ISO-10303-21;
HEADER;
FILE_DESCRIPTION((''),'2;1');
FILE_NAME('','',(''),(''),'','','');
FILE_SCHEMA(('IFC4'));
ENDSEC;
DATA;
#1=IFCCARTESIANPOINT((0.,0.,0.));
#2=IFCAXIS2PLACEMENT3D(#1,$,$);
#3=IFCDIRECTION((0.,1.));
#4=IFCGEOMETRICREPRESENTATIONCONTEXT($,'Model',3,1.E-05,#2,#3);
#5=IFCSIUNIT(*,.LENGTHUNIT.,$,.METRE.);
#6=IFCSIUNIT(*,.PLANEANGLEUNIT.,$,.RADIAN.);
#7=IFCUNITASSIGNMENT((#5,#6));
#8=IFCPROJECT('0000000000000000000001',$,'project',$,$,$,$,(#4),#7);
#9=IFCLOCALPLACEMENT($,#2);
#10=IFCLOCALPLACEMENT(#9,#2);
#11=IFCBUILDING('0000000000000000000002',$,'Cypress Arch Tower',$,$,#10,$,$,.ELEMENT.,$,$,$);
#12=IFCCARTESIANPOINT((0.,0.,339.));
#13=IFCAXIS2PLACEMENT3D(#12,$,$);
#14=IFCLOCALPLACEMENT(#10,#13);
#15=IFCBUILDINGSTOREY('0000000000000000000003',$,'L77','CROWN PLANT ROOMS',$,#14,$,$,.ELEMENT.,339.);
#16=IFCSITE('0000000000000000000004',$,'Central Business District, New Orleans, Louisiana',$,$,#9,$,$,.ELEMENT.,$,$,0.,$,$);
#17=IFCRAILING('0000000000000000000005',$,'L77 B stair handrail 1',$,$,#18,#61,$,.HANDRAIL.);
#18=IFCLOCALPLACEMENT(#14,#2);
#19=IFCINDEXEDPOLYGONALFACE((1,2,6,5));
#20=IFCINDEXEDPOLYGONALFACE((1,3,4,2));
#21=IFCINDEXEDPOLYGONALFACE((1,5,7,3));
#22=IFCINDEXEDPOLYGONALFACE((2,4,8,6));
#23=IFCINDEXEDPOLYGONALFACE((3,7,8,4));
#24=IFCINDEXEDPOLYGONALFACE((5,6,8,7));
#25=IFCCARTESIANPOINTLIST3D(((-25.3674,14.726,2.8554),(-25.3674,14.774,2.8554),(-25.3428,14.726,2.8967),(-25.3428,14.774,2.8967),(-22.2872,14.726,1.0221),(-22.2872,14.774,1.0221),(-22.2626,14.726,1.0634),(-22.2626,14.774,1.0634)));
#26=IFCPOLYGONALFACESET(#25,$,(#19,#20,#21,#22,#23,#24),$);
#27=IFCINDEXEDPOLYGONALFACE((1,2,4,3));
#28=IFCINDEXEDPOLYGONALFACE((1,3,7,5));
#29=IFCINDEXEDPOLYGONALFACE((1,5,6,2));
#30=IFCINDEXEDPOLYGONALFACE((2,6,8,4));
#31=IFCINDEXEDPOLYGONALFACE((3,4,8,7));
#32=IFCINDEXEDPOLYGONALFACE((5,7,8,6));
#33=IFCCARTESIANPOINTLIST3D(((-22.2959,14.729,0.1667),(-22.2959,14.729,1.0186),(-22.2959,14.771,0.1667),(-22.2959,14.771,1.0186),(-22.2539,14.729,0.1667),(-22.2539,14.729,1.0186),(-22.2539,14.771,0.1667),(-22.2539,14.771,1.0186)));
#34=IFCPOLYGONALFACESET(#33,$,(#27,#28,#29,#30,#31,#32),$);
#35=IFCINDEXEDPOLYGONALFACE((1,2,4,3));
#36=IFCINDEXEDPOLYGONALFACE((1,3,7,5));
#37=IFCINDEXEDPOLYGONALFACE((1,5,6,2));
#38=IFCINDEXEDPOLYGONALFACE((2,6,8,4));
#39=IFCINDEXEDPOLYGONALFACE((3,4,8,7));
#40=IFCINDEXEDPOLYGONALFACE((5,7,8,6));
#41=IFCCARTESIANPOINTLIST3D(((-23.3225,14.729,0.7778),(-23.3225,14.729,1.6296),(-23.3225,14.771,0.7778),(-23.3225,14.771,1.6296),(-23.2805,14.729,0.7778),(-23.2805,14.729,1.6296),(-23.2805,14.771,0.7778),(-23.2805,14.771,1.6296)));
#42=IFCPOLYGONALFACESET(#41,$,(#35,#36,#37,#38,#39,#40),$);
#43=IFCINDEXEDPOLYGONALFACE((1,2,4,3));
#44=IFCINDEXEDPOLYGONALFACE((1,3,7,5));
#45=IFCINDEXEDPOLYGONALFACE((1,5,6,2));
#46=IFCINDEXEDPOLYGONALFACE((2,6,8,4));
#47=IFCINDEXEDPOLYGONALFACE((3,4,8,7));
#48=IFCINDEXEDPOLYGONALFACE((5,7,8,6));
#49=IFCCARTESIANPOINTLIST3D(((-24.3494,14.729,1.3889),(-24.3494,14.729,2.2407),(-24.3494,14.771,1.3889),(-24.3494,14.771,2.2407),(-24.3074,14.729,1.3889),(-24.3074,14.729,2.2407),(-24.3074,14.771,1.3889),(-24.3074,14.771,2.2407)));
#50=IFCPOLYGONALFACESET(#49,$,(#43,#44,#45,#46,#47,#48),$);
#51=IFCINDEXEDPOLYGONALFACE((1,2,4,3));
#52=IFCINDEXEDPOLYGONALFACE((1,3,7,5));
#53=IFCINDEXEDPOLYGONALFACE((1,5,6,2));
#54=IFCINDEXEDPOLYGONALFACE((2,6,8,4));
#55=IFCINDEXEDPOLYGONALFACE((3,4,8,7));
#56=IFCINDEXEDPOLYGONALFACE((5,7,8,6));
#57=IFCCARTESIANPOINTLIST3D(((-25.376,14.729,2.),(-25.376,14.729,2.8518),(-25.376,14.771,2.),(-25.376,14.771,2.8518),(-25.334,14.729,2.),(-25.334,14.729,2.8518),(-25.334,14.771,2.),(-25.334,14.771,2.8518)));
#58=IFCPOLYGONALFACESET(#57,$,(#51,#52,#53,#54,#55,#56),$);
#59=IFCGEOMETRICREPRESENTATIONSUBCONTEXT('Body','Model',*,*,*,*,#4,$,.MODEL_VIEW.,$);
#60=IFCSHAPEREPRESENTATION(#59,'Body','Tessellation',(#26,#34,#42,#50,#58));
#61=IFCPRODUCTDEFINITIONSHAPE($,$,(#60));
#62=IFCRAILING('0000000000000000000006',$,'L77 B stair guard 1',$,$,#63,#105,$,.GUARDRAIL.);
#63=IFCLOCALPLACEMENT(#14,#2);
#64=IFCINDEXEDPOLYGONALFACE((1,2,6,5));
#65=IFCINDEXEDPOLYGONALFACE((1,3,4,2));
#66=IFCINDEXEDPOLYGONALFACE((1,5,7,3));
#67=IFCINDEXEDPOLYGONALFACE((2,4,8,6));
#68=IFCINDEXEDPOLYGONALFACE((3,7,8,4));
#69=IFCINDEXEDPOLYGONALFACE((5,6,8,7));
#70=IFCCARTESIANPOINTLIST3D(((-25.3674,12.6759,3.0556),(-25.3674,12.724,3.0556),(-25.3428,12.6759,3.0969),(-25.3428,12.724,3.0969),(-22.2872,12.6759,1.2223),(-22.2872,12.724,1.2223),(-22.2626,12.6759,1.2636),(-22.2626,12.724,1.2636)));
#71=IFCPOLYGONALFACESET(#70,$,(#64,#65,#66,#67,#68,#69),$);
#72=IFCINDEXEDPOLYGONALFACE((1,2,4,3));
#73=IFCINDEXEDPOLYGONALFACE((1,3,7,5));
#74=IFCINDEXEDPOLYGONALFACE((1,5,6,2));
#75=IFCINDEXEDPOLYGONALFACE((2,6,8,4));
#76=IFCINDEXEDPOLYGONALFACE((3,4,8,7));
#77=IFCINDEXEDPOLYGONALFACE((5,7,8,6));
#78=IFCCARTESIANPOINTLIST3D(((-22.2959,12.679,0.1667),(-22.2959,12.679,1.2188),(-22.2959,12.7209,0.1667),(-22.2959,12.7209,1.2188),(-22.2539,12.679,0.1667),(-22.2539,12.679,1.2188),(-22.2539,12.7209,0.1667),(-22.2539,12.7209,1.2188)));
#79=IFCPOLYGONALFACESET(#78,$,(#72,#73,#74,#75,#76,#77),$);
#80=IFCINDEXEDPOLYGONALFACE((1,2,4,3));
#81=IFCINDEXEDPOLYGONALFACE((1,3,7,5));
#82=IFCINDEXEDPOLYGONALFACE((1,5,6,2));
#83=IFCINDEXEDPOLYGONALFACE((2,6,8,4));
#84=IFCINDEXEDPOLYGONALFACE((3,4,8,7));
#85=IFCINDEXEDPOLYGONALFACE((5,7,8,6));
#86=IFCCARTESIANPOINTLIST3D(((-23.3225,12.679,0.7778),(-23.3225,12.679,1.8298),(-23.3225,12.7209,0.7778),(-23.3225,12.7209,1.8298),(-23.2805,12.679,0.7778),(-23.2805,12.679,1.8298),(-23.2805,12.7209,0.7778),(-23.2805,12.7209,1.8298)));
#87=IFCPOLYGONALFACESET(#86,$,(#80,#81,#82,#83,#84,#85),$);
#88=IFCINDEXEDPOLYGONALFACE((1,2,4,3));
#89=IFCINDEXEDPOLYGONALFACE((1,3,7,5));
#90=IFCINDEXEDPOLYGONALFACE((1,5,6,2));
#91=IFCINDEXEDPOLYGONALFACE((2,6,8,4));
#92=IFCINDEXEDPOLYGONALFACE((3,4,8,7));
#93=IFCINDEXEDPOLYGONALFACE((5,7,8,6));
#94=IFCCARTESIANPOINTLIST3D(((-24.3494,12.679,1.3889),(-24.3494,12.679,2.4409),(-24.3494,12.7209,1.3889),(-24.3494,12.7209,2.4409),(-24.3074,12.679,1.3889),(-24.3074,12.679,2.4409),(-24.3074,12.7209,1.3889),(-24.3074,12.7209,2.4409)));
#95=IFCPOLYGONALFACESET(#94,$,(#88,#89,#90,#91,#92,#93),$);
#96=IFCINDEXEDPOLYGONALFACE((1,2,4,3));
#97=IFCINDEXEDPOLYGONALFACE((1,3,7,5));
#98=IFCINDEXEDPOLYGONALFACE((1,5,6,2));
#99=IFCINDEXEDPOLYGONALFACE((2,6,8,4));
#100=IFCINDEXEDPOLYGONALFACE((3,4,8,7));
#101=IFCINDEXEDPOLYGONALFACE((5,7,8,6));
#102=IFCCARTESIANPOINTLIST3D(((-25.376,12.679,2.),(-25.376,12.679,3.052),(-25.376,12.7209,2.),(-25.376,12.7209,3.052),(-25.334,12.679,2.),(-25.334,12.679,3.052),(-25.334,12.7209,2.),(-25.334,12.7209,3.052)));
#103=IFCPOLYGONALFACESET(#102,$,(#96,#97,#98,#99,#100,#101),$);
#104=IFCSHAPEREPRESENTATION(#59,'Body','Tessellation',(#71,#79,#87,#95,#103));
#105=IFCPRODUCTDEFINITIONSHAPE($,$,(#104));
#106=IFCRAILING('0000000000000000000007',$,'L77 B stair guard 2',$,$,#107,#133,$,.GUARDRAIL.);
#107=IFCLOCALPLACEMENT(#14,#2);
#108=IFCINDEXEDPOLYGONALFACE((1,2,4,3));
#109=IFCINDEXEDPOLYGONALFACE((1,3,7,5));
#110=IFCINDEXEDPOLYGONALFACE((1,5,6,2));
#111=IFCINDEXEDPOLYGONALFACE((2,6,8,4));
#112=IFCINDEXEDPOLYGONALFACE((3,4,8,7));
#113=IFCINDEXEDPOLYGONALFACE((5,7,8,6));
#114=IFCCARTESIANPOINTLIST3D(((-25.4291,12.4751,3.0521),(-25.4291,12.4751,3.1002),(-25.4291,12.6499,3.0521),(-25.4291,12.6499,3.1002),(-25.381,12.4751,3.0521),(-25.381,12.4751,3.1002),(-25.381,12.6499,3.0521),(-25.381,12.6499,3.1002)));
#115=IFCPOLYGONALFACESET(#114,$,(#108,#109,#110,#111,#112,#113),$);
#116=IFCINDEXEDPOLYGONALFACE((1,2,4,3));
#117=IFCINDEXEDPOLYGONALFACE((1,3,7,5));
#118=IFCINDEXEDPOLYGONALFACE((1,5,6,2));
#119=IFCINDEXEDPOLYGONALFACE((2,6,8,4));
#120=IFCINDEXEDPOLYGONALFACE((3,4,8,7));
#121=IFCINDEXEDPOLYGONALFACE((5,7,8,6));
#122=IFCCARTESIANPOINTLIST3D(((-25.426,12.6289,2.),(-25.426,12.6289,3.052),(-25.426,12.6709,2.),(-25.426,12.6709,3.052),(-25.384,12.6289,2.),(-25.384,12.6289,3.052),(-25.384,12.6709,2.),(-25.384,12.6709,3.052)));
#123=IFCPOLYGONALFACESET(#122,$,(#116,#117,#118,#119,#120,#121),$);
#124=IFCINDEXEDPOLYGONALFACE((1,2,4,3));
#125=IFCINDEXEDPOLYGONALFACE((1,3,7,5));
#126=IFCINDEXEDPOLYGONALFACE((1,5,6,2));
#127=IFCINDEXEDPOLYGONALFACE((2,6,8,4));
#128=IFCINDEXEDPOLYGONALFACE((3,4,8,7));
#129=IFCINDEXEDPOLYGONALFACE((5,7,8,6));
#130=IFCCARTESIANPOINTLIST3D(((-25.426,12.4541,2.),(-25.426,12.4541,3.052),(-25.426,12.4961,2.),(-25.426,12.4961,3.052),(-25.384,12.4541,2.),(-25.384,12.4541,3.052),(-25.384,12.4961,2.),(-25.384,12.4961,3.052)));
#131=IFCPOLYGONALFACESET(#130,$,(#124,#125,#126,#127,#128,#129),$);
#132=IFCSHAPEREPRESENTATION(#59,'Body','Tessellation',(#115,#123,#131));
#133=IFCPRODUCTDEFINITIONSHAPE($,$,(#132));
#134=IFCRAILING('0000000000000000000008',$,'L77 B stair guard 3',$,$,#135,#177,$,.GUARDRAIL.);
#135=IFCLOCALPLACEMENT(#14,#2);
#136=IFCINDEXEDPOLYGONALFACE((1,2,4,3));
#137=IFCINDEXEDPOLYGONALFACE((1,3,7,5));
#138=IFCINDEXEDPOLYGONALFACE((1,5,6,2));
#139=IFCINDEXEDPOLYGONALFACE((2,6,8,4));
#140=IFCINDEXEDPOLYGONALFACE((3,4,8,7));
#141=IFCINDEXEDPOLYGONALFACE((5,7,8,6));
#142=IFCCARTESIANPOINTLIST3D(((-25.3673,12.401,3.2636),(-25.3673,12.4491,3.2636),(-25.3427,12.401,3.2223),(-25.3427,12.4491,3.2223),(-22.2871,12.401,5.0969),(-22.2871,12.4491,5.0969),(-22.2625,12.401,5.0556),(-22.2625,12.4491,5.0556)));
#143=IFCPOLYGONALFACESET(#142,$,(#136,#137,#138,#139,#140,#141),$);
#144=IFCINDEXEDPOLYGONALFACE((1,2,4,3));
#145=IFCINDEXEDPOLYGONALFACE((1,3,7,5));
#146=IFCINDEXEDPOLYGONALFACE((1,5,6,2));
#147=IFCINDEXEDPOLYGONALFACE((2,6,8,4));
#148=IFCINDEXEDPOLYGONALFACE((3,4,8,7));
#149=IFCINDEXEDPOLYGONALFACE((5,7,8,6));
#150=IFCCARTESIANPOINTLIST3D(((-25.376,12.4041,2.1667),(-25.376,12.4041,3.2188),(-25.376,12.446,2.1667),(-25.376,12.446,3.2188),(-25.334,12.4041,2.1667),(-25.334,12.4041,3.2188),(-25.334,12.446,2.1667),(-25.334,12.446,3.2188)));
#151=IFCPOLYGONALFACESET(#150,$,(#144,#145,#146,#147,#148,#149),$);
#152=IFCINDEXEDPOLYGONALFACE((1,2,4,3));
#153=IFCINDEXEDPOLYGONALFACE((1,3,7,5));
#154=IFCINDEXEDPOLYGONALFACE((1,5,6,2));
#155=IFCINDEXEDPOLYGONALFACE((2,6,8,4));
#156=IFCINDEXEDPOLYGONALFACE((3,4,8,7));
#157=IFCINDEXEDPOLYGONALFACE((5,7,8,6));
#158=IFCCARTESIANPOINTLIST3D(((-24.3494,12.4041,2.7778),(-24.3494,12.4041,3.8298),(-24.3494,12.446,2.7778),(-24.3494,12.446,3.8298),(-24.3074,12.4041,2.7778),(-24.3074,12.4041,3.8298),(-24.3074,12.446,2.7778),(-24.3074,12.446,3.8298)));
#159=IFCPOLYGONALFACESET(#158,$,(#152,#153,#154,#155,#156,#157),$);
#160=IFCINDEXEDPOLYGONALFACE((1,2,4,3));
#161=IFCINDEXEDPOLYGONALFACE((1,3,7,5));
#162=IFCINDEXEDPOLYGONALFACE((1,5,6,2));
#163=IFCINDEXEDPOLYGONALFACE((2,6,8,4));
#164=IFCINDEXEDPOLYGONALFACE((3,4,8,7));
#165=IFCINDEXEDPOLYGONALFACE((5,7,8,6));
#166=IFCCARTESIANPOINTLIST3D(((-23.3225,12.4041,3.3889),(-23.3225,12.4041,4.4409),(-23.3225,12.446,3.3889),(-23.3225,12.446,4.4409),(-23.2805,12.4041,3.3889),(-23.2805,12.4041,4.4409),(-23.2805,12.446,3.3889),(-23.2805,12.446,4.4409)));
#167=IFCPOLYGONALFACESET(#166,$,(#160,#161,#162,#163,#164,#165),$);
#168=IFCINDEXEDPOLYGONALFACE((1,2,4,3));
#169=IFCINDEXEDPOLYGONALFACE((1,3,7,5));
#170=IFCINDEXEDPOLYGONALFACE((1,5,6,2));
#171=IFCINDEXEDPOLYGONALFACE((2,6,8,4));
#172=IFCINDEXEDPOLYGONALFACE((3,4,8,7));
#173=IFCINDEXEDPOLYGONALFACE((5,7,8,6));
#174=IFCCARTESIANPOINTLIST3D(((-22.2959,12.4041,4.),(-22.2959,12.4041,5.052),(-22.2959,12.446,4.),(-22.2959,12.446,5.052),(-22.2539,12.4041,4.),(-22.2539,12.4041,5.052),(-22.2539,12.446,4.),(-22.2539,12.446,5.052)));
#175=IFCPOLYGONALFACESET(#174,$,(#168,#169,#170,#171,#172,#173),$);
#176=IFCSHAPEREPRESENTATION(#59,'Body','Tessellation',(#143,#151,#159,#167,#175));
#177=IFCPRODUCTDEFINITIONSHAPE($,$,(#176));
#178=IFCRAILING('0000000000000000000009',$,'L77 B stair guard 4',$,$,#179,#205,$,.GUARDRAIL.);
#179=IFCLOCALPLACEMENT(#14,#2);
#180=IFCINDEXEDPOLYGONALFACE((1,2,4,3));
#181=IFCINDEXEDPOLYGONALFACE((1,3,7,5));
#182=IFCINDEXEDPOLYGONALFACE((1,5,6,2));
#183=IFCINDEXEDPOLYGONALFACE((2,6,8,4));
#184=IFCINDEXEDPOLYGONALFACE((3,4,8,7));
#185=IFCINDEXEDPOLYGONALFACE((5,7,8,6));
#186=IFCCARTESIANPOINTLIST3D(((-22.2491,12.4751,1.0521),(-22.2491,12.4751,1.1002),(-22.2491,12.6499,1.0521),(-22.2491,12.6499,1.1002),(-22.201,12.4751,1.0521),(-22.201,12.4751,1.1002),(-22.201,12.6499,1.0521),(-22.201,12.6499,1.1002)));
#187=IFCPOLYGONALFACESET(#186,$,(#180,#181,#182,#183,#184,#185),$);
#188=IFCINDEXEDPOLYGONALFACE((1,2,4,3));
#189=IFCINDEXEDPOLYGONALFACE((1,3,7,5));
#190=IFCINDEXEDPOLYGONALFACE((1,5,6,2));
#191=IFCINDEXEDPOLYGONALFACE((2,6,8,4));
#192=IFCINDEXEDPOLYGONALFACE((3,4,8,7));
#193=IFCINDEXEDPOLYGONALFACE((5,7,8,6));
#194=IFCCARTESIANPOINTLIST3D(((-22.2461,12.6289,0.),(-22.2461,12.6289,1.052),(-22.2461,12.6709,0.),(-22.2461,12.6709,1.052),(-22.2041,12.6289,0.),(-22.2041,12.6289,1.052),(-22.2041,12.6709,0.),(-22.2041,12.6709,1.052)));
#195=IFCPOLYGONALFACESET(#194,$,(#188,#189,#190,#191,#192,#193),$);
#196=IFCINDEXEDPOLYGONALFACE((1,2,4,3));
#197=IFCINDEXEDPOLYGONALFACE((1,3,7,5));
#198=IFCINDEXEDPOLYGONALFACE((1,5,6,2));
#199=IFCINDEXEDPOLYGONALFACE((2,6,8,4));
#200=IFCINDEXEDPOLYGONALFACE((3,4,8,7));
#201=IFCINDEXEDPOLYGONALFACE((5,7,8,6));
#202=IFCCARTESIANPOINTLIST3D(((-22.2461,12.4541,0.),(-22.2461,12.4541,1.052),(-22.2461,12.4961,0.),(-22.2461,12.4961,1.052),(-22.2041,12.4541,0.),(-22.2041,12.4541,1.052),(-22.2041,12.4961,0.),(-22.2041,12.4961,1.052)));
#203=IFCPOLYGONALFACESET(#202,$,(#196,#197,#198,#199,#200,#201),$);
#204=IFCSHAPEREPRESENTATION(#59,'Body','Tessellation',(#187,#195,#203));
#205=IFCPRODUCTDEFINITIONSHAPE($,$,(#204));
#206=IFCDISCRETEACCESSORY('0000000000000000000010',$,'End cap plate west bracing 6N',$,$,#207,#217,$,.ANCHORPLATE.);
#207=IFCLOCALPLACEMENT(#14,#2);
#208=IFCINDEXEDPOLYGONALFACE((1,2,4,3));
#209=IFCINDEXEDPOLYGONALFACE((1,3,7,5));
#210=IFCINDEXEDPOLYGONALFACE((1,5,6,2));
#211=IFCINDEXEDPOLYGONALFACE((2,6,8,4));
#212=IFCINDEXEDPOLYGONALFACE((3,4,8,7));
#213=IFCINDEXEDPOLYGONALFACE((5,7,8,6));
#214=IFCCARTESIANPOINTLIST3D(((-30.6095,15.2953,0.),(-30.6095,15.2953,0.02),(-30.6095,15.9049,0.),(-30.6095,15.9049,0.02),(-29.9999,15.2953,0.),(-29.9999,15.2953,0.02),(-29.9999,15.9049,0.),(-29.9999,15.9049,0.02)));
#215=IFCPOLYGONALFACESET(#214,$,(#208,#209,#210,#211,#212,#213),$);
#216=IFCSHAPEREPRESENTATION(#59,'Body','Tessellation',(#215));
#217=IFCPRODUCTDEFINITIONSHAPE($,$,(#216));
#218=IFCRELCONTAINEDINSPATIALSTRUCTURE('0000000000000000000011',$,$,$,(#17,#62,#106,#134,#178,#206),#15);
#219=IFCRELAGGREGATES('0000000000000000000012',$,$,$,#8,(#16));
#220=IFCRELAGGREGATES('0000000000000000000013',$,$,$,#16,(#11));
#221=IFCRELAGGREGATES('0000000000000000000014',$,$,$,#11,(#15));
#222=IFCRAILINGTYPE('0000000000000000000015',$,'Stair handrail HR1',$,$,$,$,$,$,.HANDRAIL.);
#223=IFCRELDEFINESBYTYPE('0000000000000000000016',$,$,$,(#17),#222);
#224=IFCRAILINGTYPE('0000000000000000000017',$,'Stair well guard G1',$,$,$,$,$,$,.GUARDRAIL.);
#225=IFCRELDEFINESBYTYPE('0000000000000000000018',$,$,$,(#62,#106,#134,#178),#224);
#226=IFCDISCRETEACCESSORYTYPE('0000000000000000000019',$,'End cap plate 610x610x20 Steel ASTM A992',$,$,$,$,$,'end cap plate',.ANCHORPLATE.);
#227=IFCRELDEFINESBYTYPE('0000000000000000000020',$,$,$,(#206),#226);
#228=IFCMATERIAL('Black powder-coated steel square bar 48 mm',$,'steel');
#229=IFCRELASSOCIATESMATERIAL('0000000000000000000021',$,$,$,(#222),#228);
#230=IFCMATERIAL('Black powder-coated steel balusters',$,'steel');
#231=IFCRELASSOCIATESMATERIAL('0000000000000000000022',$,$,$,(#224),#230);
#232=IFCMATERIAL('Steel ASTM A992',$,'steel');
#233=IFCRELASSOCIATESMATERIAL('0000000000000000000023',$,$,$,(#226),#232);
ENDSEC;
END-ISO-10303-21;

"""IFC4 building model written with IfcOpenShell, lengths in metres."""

from ifc_helpers import new_model, si_unit, direction, frame, origin, origin_2d, place, context, subcontext, project, spatial, rectangle, extrude, material, material_profile, profile_set, type_object, element, save


model = new_model("IFC4")

# Units and contexts
model_context = context("Model", 3, precision=1e-05, world=origin(), true_north=direction((0.0, 1.0)))
body_context = subcontext(model_context, "Body", "Model", "MODEL_VIEW")
ifc_project = project(units=[si_unit("LENGTHUNIT", "METRE"), si_unit("PLANEANGLEUNIT", "RADIAN")], contexts=[model_context])

# Site, building, storey
site_placement = place(None, origin())
site = spatial("IfcSite", under=ifc_project, at=site_placement, Name="Central Business District, New Orleans, Louisiana", CompositionType="ELEMENT", RefElevation=0.0)
building_placement = place(site_placement, origin())
building = spatial("IfcBuilding", under=site, at=building_placement, Name="Cypress Arch Tower", CompositionType="ELEMENT")
storey_placement = place(building_placement, frame((0.0, 0.0, 339.0)))
storey = spatial("IfcBuildingStorey", under=building, at=storey_placement, Name="L77", Description="CROWN PLANT ROOMS", CompositionType="ELEMENT", Elevation=339.0)

# Railings
ifc_material_1 = material(Name="Black powder-coated steel square bar 48 mm", Category="steel")
railing_type_1 = type_object("IfcRailingType", Name="Stair handrail HR1", PredefinedType="HANDRAIL", material=ifc_material_1)
railing_1_placement = place(storey_placement, frame((-22.2749, 14.75, 0.1667)))
element("IfcRailing", 1, at=railing_1_placement, inside=storey, type_object=railing_type_1, Name="L77 B stair handrail 1", PredefinedType="HANDRAIL", context=body_context, shape_type="SweptSolid", body=[
    extrude(rectangle(XDim=0.0481, YDim=0.0481, at=origin_2d()), frame((0.0, 0.0, 0.876), z_axis=(-0.859309, 0.0, 0.511458), x_axis=(0.0, -1.0, 0.0)), (0.0, 0.0, 1.0), 3.5845),
    extrude(rectangle(XDim=0.042, YDim=0.042, at=origin_2d()), origin(), (0.0, 0.0, 1.0), 0.8518),
    extrude(rectangle(XDim=0.042, YDim=0.042, at=origin_2d()), frame((-1.0266, 0.0, 0.6111)), (0.0, 0.0, 1.0), 0.8518),
    extrude(rectangle(XDim=0.042, YDim=0.042, at=origin_2d()), frame((-2.0535, 0.0, 1.2222)), (0.0, 0.0, 1.0), 0.8518),
    extrude(rectangle(XDim=0.042, YDim=0.042, at=origin_2d()), frame((-3.0801, 0.0, 1.8333)), (0.0, 0.0, 1.0), 0.8518),
])
ifc_material_2 = material(Name="Black powder-coated steel balusters", Category="steel")
railing_type_2 = type_object("IfcRailingType", Name="Stair well guard G1", PredefinedType="GUARDRAIL", material=ifc_material_2)
railing_2_placement = place(storey_placement, frame((-22.2749, 12.7, 0.1667)))
element("IfcRailing", 2, at=railing_2_placement, inside=storey, type_object=railing_type_2, Name="L77 B stair guard 1", PredefinedType="GUARDRAIL", context=body_context, shape_type="SweptSolid", body=[
    extrude(rectangle(XDim=0.0481, YDim=0.0481, at=origin_2d()), frame((0.0, 0.0, 1.0762), z_axis=(-0.859309, 0.0, 0.511458), x_axis=(0.0, -1.0, 0.0)), (0.0, 0.0, 1.0), 3.5845),
    extrude(rectangle(XDim=0.042, YDim=0.042, at=origin_2d()), origin(), (0.0, 0.0, 1.0), 1.052),
    extrude(rectangle(XDim=0.042, YDim=0.042, at=origin_2d()), frame((-1.0266, 0.0, 0.6111)), (0.0, 0.0, 1.0), 1.052),
    extrude(rectangle(XDim=0.042, YDim=0.042, at=origin_2d()), frame((-2.0535, 0.0, 1.2222)), (0.0, 0.0, 1.0), 1.052),
    extrude(rectangle(XDim=0.042, YDim=0.042, at=origin_2d()), frame((-3.0801, 0.0, 1.8333)), (0.0, 0.0, 1.0), 1.052),
])
railing_3_placement = place(storey_placement, frame((-25.405, 12.6499, 2.0)))
element("IfcRailing", 3, at=railing_3_placement, inside=storey, type_object=railing_type_2, Name="L77 B stair guard 2", PredefinedType="GUARDRAIL", context=body_context, shape_type="SweptSolid", body=[
    extrude(rectangle(XDim=0.0481, YDim=0.0481, at=origin_2d()), frame((0.0, 0.0, 1.0762), z_axis=(0.0, -1.0, 0.0), x_axis=(1.0, 0.0, 0.0)), (0.0, 0.0, 1.0), 0.1748),
    extrude(rectangle(XDim=0.042, YDim=0.042, at=origin_2d()), origin(), (0.0, 0.0, 1.0), 1.052),
    extrude(rectangle(XDim=0.042, YDim=0.042, at=origin_2d()), frame((0.0, -0.1748, 0.0)), (0.0, 0.0, 1.0), 1.052),
])
railing_4_placement = place(storey_placement, frame((-25.355, 12.425, 2.1667)))
element("IfcRailing", 4, at=railing_4_placement, inside=storey, type_object=railing_type_2, Name="L77 B stair guard 3", PredefinedType="GUARDRAIL", context=body_context, shape_type="SweptSolid", body=[
    extrude(rectangle(XDim=0.0481, YDim=0.0481, at=origin_2d()), frame((0.0, 0.0, 1.0762), z_axis=(0.859309, 0.0, 0.511458), x_axis=(0.0, 1.0, 0.0)), (0.0, 0.0, 1.0), 3.5845),
    extrude(rectangle(XDim=0.042, YDim=0.042, at=origin_2d()), origin(), (0.0, 0.0, 1.0), 1.052),
    extrude(rectangle(XDim=0.042, YDim=0.042, at=origin_2d()), frame((1.0266, 0.0, 0.6111)), (0.0, 0.0, 1.0), 1.052),
    extrude(rectangle(XDim=0.042, YDim=0.042, at=origin_2d()), frame((2.0535, 0.0, 1.2222)), (0.0, 0.0, 1.0), 1.052),
    extrude(rectangle(XDim=0.042, YDim=0.042, at=origin_2d()), frame((3.0801, 0.0, 1.8333)), (0.0, 0.0, 1.0), 1.052),
])
railing_5_placement = place(storey_placement, frame((-22.2251, 12.6499, 0.0)))
element("IfcRailing", 5, at=railing_5_placement, inside=storey, type_object=railing_type_2, Name="L77 B stair guard 4", PredefinedType="GUARDRAIL", context=body_context, shape_type="SweptSolid", body=[
    extrude(rectangle(XDim=0.0481, YDim=0.0481, at=origin_2d()), frame((0.0, 0.0, 1.0762), z_axis=(0.0, -1.0, 0.0), x_axis=(1.0, 0.0, 0.0)), (0.0, 0.0, 1.0), 0.1748),
    extrude(rectangle(XDim=0.042, YDim=0.042, at=origin_2d()), origin(), (0.0, 0.0, 1.0), 1.052),
    extrude(rectangle(XDim=0.042, YDim=0.042, at=origin_2d()), frame((0.0, -0.1748, 0.0)), (0.0, 0.0, 1.0), 1.052),
])

# Discrete accessory
ifc_material_3 = material(Name="Steel ASTM A992", Category="steel")
ifc_material_profile_1 = material_profile(ifc_material_3, rectangle(XDim=0.6096, YDim=0.6096, at=origin_2d()), Name="PL 20 610x610")
ifc_profile_set_1 = profile_set([ifc_material_profile_1], Name="Steel ASTM A992")
discrete_accessory_type = type_object("IfcDiscreteAccessoryType", Name="End cap plate 610x610x20 Steel ASTM A992", ElementType="end cap plate", PredefinedType="ANCHORPLATE", material=ifc_profile_set_1)
discrete_accessory_placement = place(storey_placement, frame((-30.3047, 15.6001, 0.0), z_axis=(0.0, 0.0, 1.0), x_axis=(1.0, 0.0, 0.0)))
element("IfcDiscreteAccessory", 6, at=discrete_accessory_placement, inside=storey, type_object=discrete_accessory_type, Name="End cap plate west bracing 6N", PredefinedType="ANCHORPLATE", context=body_context, shape_type="SweptSolid", body=[
    extrude(rectangle(XDim=0.6096, YDim=0.6096, at=origin_2d()), origin(), (0.0, 0.0, 1.0), 0.02),
])

save(model, "model.ifc")
